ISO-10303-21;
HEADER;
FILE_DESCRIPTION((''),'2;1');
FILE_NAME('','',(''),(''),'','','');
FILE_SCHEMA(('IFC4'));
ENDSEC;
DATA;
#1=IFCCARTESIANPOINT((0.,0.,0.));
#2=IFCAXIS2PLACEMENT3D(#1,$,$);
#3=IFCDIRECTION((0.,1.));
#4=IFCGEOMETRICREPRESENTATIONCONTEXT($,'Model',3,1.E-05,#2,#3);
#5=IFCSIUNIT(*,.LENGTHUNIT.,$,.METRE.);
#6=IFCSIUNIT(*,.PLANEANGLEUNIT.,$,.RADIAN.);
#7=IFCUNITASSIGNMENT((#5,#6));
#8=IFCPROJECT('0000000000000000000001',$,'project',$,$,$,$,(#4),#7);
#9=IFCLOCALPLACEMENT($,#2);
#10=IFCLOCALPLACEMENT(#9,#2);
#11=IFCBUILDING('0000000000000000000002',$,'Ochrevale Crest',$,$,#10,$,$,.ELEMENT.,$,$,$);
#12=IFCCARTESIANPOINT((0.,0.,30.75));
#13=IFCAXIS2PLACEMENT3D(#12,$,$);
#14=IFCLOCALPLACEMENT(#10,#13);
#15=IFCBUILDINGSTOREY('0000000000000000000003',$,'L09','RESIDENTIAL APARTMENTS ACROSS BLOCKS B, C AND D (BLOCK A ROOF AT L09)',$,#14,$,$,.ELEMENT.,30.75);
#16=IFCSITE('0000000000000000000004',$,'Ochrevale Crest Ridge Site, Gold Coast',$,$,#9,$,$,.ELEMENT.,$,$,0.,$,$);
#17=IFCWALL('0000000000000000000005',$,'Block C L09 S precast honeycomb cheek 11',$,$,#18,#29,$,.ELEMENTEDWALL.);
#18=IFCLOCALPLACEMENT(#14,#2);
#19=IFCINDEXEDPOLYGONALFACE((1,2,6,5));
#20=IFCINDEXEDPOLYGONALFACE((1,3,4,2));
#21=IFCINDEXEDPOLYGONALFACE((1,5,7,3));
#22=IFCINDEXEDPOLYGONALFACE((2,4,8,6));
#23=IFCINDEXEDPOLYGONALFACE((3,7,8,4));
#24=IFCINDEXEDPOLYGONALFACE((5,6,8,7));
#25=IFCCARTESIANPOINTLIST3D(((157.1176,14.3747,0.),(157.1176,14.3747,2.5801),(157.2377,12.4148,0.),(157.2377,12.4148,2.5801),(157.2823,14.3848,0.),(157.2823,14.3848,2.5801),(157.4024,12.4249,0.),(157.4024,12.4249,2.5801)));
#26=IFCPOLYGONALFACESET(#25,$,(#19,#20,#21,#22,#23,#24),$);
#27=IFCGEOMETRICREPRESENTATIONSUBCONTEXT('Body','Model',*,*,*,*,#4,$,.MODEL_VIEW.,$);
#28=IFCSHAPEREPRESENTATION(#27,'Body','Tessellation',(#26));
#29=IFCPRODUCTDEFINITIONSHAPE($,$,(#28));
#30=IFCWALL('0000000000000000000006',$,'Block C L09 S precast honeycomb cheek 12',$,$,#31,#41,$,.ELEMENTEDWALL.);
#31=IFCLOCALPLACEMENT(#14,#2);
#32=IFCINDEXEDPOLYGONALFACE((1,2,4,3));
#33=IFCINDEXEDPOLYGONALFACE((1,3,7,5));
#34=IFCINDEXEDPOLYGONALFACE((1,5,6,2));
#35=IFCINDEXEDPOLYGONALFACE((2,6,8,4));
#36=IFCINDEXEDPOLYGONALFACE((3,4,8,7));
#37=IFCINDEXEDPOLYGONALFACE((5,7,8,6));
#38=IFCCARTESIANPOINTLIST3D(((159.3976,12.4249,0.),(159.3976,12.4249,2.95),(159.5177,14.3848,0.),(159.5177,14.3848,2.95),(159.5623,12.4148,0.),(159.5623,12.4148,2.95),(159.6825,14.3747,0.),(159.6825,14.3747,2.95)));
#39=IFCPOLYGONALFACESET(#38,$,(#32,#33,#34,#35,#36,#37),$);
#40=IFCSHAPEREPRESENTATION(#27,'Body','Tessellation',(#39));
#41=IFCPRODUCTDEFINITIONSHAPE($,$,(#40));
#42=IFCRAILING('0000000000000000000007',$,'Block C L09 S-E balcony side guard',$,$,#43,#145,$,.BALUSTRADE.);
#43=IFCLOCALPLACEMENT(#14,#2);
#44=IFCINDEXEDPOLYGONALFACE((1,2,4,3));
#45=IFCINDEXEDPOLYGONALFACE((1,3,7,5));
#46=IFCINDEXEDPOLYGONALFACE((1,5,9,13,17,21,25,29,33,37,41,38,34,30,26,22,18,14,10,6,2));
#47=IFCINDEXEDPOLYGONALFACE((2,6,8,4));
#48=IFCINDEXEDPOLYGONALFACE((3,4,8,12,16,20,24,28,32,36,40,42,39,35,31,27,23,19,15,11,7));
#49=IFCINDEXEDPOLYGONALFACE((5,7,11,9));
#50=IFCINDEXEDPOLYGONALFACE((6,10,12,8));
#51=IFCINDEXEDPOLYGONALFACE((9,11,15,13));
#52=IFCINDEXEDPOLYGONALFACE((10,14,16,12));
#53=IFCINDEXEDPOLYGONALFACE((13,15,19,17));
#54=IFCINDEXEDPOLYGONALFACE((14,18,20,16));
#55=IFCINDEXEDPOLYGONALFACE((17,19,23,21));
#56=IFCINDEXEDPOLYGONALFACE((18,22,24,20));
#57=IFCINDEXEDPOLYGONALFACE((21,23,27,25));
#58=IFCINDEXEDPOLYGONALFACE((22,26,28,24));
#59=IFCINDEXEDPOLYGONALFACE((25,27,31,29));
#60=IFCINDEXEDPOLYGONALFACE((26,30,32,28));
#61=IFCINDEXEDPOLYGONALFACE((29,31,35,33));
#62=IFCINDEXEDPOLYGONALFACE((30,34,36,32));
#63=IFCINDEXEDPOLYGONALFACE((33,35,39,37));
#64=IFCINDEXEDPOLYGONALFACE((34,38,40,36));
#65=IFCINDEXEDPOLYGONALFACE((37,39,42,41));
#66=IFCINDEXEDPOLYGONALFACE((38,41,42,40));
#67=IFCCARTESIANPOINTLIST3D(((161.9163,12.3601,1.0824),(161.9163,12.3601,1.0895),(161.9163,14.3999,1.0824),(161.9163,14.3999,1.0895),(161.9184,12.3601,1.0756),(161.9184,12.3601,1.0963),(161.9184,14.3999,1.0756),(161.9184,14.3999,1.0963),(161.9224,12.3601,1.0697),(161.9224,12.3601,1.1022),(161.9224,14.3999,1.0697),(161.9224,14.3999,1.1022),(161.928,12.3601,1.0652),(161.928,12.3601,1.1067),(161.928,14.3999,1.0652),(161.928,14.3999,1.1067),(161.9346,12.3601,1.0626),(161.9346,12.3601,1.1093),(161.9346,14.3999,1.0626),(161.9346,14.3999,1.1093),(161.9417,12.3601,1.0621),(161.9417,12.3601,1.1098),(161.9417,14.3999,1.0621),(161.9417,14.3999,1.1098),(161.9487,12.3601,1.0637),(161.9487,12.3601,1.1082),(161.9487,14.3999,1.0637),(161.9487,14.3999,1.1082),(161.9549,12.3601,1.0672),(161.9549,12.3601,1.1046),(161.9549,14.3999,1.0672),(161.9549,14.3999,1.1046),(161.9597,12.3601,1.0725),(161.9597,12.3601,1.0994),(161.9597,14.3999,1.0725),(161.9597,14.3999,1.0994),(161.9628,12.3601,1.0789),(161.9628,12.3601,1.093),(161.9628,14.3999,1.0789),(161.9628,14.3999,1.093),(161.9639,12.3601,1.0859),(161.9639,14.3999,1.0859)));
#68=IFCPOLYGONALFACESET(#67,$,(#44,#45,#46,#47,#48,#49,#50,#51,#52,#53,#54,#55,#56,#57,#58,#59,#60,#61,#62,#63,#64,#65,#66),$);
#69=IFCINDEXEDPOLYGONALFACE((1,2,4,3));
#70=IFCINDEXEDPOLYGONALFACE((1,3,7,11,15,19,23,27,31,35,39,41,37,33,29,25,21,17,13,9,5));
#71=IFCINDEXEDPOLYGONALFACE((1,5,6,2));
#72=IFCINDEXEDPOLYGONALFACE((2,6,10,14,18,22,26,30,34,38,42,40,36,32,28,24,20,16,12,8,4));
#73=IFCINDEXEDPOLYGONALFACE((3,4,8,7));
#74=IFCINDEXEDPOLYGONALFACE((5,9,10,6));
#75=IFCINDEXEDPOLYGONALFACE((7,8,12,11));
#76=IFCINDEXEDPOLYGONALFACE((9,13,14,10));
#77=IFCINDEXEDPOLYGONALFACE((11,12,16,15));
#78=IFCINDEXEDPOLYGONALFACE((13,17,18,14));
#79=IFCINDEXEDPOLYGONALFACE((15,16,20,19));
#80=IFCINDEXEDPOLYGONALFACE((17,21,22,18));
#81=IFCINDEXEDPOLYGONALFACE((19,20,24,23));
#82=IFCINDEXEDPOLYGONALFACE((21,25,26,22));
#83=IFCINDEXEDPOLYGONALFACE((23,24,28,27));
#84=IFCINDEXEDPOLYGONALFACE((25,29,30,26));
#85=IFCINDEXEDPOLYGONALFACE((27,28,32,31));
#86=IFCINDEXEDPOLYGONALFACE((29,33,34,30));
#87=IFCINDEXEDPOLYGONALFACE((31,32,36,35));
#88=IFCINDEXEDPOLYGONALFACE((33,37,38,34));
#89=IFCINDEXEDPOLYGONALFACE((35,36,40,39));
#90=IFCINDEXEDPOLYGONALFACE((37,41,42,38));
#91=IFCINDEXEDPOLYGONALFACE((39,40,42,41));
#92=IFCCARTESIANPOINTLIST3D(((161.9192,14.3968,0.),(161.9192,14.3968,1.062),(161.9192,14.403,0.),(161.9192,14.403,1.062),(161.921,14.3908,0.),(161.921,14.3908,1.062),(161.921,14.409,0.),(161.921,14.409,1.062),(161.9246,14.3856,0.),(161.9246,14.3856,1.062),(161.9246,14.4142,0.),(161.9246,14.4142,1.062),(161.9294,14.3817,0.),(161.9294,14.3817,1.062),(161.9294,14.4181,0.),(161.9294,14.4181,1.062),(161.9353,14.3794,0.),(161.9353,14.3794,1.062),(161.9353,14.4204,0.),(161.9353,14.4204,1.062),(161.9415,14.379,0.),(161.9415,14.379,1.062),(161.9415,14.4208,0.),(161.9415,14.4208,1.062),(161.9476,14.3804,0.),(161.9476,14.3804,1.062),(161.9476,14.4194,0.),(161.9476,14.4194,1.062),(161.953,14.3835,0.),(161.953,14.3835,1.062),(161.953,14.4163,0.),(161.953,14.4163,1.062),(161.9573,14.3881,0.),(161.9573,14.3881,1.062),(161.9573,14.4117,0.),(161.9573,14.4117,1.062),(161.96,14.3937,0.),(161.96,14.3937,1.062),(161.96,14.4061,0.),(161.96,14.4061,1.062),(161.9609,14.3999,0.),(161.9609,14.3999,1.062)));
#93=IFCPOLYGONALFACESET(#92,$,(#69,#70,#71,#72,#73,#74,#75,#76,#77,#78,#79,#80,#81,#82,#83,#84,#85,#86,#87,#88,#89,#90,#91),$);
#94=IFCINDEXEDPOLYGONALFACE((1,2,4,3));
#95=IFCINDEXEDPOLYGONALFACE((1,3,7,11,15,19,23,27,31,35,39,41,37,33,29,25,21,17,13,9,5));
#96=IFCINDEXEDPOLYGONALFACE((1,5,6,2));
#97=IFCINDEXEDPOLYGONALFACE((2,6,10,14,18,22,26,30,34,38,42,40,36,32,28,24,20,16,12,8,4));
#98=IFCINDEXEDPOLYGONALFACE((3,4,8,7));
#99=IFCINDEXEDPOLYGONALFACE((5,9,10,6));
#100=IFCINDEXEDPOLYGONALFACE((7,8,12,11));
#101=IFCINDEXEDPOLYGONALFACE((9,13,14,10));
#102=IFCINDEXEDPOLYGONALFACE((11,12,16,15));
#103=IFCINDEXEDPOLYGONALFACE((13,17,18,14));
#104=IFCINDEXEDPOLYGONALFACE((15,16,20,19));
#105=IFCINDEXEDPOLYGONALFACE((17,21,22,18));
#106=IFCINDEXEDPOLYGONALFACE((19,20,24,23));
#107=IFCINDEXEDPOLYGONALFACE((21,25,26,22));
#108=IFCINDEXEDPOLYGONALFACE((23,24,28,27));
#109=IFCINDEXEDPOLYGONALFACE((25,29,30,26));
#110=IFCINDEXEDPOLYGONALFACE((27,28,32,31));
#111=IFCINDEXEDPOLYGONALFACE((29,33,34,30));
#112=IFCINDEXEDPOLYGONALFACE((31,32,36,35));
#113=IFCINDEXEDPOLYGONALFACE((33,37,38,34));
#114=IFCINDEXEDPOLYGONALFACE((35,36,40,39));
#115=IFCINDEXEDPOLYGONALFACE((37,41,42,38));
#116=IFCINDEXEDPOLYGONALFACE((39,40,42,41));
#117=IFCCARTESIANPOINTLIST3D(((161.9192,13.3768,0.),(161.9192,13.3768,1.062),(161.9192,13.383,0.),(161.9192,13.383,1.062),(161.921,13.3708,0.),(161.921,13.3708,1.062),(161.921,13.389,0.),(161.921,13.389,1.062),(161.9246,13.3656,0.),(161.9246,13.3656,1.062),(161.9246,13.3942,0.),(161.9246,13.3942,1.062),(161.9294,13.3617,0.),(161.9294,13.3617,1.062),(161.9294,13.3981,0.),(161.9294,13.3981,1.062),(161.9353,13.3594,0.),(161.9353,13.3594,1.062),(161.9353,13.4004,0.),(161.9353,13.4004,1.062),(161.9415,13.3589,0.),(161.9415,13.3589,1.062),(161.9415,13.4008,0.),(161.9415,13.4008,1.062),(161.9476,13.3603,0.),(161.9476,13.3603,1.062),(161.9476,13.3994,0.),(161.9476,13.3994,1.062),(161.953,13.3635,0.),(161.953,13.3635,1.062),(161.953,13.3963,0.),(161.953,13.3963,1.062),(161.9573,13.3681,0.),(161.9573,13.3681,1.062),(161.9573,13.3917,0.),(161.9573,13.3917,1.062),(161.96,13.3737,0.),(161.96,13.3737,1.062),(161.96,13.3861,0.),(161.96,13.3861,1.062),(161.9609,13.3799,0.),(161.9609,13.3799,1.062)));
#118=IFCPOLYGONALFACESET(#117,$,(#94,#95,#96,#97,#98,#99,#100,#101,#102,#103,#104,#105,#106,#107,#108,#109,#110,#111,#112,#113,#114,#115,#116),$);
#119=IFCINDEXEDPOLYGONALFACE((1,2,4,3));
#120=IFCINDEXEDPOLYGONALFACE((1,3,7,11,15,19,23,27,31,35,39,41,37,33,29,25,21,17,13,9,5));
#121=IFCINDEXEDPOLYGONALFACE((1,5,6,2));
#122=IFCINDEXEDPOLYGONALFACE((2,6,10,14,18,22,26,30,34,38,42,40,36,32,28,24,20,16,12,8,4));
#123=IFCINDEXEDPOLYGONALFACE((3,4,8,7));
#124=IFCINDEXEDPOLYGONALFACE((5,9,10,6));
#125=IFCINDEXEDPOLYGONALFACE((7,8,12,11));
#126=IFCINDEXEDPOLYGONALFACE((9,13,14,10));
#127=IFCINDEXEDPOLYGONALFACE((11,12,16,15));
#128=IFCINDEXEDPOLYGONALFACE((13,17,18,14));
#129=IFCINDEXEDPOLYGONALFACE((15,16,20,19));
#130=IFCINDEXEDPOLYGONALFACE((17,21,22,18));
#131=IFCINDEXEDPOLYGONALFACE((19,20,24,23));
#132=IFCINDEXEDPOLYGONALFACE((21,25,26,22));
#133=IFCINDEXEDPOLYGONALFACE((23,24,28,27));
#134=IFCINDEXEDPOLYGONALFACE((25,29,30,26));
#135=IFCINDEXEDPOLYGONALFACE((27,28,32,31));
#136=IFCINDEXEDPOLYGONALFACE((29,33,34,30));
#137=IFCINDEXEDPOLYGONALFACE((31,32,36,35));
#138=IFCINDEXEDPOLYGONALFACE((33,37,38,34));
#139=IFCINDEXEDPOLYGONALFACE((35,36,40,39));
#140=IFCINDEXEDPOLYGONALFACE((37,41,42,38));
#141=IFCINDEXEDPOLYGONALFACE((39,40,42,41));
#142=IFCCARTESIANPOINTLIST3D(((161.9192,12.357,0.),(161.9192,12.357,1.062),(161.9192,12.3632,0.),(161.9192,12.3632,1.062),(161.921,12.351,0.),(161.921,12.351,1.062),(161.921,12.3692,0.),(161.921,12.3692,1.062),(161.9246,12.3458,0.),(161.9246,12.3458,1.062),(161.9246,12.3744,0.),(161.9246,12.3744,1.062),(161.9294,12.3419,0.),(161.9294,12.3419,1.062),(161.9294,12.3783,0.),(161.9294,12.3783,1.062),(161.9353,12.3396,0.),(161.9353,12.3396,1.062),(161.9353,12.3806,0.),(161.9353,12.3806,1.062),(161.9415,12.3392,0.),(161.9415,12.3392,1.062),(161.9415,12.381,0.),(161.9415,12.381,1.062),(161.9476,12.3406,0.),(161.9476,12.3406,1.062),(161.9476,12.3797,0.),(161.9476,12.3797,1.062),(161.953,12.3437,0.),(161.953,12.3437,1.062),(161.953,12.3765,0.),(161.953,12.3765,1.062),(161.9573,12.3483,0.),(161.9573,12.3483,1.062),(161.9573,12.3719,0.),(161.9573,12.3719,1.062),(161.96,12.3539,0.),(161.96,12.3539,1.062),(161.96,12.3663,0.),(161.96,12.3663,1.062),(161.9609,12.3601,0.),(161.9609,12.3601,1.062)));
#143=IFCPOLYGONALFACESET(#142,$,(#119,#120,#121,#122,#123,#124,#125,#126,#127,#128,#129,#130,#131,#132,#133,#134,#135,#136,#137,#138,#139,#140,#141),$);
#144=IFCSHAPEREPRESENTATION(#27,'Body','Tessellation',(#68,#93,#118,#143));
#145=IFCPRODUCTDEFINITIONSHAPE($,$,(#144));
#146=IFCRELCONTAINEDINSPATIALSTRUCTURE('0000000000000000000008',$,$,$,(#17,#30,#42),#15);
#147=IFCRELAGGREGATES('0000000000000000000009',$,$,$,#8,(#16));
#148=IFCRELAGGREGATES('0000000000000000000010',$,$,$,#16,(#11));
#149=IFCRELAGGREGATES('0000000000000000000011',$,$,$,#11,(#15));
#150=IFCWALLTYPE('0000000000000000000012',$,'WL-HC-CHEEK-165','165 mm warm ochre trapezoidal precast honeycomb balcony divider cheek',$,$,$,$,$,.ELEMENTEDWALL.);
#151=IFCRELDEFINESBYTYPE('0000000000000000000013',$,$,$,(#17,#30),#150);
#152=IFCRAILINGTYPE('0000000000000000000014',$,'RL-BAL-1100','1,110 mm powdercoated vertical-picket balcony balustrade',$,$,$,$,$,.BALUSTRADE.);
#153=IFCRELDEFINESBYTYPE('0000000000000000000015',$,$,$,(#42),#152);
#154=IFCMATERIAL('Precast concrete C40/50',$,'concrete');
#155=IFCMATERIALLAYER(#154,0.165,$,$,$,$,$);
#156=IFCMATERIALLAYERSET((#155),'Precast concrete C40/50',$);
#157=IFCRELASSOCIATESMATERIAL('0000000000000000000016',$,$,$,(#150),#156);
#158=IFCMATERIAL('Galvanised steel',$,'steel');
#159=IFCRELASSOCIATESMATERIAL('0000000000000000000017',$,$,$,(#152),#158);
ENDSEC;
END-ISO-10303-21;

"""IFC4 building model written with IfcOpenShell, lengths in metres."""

from ifc_helpers import new_model, si_unit, direction, frame, frame_2d, origin, origin_2d, place, context, subcontext, project, spatial, rectangle, circle, extrude, material, layer, layer_set, type_object, element, save


model = new_model("IFC4")

# Units and contexts
model_context = context("Model", 3, precision=1e-05, world=origin(), true_north=direction((0.0, 1.0)))
body_context = subcontext(model_context, "Body", "Model", "MODEL_VIEW")
ifc_project = project(units=[si_unit("LENGTHUNIT", "METRE"), si_unit("PLANEANGLEUNIT", "RADIAN")], contexts=[model_context])

# Site, building, storey
site_placement = place(None, origin())
site = spatial("IfcSite", under=ifc_project, at=site_placement, Name="Ochrevale Crest Ridge Site, Gold Coast", CompositionType="ELEMENT", RefElevation=0.0)
building_placement = place(site_placement, origin())
building = spatial("IfcBuilding", under=site, at=building_placement, Name="Ochrevale Crest", CompositionType="ELEMENT")
storey_placement = place(building_placement, frame((0.0, 0.0, 30.75)))
storey = spatial("IfcBuildingStorey", under=building, at=storey_placement, Name="L09", Description="RESIDENTIAL APARTMENTS ACROSS BLOCKS B, C AND D (BLOCK A ROOF AT L09)", CompositionType="ELEMENT", Elevation=30.75)

# Shared definitions
ifc_material_1 = material(Name="Precast concrete C40/50", Category="concrete")

# Walls
ifc_layer_1 = layer(ifc_material_1, 0.165)
ifc_layer_set_1 = layer_set([ifc_layer_1], Name="Precast concrete C40/50")
wall_type = type_object("IfcWallType", Name="WL-HC-CHEEK-165", Description="165 mm warm ochre trapezoidal precast honeycomb balcony divider cheek", PredefinedType="ELEMENTEDWALL", material=ifc_layer_set_1)
for number, where, z_axis, x_axis, name in (
    (1, (157.2, 14.3799, 0.0), (0.0, 0.0, 1.0), (0.061171, -0.998127, 0.0), "Block C L09 S precast honeycomb cheek 11"),
):
    element("IfcWall", number, at=place(storey_placement, frame(where, z_axis=z_axis, x_axis=x_axis)), inside=storey, type_object=wall_type, Name=name, PredefinedType="ELEMENTEDWALL", context=body_context, shape_type="SweptSolid", body=[
        extrude(rectangle(XDim=1.9636, YDim=0.165, at=frame_2d((0.9819, 0.0))), origin(), (0.0, 0.0, 1.0), 2.5801),
    ])
wall_placement = place(storey_placement, frame((159.6001, 14.3799, 0.0), z_axis=(0.0, 0.0, 1.0), x_axis=(-0.061171, -0.998127, 0.0)))
element("IfcWall", 2, at=wall_placement, inside=storey, type_object=wall_type, Name="Block C L09 S precast honeycomb cheek 12", PredefinedType="ELEMENTEDWALL", context=body_context, shape_type="SweptSolid", body=[
    extrude(rectangle(XDim=1.9636, YDim=0.165, at=frame_2d((0.9819, 0.0))), origin(), (0.0, 0.0, 1.0), 2.95),
])

# Railing
ifc_material_2 = material(Name="Galvanised steel", Category="steel")
railing_type = type_object("IfcRailingType", Name="RL-BAL-1100", Description="1,110 mm powdercoated vertical-picket balcony balustrade", PredefinedType="BALUSTRADE", material=ifc_material_2)
railing_placement = place(storey_placement, frame((161.9399, 14.3999, 0.0)))
element("IfcRailing", 3, at=railing_placement, inside=storey, type_object=railing_type, Name="Block C L09 S-E balcony side guard", PredefinedType="BALUSTRADE", context=body_context, shape_type="SweptSolid", body=[
    extrude(circle(Radius=0.0239, at=origin_2d()), frame((0.0, 0.0, 1.0859), z_axis=(0.0, -1.0, 0.0), x_axis=(1.0, 0.0, 0.0)), (0.0, 0.0, 1.0), 2.0398),
    extrude(circle(Radius=0.021, at=origin_2d()), origin(), (0.0, 0.0, 1.0), 1.062),
    extrude(circle(Radius=0.021, at=origin_2d()), frame((0.0, -1.02, 0.0)), (0.0, 0.0, 1.0), 1.062),
    extrude(circle(Radius=0.021, at=origin_2d()), frame((0.0, -2.0398, 0.0)), (0.0, 0.0, 1.0), 1.062),
])

save(model, "model.ifc")
